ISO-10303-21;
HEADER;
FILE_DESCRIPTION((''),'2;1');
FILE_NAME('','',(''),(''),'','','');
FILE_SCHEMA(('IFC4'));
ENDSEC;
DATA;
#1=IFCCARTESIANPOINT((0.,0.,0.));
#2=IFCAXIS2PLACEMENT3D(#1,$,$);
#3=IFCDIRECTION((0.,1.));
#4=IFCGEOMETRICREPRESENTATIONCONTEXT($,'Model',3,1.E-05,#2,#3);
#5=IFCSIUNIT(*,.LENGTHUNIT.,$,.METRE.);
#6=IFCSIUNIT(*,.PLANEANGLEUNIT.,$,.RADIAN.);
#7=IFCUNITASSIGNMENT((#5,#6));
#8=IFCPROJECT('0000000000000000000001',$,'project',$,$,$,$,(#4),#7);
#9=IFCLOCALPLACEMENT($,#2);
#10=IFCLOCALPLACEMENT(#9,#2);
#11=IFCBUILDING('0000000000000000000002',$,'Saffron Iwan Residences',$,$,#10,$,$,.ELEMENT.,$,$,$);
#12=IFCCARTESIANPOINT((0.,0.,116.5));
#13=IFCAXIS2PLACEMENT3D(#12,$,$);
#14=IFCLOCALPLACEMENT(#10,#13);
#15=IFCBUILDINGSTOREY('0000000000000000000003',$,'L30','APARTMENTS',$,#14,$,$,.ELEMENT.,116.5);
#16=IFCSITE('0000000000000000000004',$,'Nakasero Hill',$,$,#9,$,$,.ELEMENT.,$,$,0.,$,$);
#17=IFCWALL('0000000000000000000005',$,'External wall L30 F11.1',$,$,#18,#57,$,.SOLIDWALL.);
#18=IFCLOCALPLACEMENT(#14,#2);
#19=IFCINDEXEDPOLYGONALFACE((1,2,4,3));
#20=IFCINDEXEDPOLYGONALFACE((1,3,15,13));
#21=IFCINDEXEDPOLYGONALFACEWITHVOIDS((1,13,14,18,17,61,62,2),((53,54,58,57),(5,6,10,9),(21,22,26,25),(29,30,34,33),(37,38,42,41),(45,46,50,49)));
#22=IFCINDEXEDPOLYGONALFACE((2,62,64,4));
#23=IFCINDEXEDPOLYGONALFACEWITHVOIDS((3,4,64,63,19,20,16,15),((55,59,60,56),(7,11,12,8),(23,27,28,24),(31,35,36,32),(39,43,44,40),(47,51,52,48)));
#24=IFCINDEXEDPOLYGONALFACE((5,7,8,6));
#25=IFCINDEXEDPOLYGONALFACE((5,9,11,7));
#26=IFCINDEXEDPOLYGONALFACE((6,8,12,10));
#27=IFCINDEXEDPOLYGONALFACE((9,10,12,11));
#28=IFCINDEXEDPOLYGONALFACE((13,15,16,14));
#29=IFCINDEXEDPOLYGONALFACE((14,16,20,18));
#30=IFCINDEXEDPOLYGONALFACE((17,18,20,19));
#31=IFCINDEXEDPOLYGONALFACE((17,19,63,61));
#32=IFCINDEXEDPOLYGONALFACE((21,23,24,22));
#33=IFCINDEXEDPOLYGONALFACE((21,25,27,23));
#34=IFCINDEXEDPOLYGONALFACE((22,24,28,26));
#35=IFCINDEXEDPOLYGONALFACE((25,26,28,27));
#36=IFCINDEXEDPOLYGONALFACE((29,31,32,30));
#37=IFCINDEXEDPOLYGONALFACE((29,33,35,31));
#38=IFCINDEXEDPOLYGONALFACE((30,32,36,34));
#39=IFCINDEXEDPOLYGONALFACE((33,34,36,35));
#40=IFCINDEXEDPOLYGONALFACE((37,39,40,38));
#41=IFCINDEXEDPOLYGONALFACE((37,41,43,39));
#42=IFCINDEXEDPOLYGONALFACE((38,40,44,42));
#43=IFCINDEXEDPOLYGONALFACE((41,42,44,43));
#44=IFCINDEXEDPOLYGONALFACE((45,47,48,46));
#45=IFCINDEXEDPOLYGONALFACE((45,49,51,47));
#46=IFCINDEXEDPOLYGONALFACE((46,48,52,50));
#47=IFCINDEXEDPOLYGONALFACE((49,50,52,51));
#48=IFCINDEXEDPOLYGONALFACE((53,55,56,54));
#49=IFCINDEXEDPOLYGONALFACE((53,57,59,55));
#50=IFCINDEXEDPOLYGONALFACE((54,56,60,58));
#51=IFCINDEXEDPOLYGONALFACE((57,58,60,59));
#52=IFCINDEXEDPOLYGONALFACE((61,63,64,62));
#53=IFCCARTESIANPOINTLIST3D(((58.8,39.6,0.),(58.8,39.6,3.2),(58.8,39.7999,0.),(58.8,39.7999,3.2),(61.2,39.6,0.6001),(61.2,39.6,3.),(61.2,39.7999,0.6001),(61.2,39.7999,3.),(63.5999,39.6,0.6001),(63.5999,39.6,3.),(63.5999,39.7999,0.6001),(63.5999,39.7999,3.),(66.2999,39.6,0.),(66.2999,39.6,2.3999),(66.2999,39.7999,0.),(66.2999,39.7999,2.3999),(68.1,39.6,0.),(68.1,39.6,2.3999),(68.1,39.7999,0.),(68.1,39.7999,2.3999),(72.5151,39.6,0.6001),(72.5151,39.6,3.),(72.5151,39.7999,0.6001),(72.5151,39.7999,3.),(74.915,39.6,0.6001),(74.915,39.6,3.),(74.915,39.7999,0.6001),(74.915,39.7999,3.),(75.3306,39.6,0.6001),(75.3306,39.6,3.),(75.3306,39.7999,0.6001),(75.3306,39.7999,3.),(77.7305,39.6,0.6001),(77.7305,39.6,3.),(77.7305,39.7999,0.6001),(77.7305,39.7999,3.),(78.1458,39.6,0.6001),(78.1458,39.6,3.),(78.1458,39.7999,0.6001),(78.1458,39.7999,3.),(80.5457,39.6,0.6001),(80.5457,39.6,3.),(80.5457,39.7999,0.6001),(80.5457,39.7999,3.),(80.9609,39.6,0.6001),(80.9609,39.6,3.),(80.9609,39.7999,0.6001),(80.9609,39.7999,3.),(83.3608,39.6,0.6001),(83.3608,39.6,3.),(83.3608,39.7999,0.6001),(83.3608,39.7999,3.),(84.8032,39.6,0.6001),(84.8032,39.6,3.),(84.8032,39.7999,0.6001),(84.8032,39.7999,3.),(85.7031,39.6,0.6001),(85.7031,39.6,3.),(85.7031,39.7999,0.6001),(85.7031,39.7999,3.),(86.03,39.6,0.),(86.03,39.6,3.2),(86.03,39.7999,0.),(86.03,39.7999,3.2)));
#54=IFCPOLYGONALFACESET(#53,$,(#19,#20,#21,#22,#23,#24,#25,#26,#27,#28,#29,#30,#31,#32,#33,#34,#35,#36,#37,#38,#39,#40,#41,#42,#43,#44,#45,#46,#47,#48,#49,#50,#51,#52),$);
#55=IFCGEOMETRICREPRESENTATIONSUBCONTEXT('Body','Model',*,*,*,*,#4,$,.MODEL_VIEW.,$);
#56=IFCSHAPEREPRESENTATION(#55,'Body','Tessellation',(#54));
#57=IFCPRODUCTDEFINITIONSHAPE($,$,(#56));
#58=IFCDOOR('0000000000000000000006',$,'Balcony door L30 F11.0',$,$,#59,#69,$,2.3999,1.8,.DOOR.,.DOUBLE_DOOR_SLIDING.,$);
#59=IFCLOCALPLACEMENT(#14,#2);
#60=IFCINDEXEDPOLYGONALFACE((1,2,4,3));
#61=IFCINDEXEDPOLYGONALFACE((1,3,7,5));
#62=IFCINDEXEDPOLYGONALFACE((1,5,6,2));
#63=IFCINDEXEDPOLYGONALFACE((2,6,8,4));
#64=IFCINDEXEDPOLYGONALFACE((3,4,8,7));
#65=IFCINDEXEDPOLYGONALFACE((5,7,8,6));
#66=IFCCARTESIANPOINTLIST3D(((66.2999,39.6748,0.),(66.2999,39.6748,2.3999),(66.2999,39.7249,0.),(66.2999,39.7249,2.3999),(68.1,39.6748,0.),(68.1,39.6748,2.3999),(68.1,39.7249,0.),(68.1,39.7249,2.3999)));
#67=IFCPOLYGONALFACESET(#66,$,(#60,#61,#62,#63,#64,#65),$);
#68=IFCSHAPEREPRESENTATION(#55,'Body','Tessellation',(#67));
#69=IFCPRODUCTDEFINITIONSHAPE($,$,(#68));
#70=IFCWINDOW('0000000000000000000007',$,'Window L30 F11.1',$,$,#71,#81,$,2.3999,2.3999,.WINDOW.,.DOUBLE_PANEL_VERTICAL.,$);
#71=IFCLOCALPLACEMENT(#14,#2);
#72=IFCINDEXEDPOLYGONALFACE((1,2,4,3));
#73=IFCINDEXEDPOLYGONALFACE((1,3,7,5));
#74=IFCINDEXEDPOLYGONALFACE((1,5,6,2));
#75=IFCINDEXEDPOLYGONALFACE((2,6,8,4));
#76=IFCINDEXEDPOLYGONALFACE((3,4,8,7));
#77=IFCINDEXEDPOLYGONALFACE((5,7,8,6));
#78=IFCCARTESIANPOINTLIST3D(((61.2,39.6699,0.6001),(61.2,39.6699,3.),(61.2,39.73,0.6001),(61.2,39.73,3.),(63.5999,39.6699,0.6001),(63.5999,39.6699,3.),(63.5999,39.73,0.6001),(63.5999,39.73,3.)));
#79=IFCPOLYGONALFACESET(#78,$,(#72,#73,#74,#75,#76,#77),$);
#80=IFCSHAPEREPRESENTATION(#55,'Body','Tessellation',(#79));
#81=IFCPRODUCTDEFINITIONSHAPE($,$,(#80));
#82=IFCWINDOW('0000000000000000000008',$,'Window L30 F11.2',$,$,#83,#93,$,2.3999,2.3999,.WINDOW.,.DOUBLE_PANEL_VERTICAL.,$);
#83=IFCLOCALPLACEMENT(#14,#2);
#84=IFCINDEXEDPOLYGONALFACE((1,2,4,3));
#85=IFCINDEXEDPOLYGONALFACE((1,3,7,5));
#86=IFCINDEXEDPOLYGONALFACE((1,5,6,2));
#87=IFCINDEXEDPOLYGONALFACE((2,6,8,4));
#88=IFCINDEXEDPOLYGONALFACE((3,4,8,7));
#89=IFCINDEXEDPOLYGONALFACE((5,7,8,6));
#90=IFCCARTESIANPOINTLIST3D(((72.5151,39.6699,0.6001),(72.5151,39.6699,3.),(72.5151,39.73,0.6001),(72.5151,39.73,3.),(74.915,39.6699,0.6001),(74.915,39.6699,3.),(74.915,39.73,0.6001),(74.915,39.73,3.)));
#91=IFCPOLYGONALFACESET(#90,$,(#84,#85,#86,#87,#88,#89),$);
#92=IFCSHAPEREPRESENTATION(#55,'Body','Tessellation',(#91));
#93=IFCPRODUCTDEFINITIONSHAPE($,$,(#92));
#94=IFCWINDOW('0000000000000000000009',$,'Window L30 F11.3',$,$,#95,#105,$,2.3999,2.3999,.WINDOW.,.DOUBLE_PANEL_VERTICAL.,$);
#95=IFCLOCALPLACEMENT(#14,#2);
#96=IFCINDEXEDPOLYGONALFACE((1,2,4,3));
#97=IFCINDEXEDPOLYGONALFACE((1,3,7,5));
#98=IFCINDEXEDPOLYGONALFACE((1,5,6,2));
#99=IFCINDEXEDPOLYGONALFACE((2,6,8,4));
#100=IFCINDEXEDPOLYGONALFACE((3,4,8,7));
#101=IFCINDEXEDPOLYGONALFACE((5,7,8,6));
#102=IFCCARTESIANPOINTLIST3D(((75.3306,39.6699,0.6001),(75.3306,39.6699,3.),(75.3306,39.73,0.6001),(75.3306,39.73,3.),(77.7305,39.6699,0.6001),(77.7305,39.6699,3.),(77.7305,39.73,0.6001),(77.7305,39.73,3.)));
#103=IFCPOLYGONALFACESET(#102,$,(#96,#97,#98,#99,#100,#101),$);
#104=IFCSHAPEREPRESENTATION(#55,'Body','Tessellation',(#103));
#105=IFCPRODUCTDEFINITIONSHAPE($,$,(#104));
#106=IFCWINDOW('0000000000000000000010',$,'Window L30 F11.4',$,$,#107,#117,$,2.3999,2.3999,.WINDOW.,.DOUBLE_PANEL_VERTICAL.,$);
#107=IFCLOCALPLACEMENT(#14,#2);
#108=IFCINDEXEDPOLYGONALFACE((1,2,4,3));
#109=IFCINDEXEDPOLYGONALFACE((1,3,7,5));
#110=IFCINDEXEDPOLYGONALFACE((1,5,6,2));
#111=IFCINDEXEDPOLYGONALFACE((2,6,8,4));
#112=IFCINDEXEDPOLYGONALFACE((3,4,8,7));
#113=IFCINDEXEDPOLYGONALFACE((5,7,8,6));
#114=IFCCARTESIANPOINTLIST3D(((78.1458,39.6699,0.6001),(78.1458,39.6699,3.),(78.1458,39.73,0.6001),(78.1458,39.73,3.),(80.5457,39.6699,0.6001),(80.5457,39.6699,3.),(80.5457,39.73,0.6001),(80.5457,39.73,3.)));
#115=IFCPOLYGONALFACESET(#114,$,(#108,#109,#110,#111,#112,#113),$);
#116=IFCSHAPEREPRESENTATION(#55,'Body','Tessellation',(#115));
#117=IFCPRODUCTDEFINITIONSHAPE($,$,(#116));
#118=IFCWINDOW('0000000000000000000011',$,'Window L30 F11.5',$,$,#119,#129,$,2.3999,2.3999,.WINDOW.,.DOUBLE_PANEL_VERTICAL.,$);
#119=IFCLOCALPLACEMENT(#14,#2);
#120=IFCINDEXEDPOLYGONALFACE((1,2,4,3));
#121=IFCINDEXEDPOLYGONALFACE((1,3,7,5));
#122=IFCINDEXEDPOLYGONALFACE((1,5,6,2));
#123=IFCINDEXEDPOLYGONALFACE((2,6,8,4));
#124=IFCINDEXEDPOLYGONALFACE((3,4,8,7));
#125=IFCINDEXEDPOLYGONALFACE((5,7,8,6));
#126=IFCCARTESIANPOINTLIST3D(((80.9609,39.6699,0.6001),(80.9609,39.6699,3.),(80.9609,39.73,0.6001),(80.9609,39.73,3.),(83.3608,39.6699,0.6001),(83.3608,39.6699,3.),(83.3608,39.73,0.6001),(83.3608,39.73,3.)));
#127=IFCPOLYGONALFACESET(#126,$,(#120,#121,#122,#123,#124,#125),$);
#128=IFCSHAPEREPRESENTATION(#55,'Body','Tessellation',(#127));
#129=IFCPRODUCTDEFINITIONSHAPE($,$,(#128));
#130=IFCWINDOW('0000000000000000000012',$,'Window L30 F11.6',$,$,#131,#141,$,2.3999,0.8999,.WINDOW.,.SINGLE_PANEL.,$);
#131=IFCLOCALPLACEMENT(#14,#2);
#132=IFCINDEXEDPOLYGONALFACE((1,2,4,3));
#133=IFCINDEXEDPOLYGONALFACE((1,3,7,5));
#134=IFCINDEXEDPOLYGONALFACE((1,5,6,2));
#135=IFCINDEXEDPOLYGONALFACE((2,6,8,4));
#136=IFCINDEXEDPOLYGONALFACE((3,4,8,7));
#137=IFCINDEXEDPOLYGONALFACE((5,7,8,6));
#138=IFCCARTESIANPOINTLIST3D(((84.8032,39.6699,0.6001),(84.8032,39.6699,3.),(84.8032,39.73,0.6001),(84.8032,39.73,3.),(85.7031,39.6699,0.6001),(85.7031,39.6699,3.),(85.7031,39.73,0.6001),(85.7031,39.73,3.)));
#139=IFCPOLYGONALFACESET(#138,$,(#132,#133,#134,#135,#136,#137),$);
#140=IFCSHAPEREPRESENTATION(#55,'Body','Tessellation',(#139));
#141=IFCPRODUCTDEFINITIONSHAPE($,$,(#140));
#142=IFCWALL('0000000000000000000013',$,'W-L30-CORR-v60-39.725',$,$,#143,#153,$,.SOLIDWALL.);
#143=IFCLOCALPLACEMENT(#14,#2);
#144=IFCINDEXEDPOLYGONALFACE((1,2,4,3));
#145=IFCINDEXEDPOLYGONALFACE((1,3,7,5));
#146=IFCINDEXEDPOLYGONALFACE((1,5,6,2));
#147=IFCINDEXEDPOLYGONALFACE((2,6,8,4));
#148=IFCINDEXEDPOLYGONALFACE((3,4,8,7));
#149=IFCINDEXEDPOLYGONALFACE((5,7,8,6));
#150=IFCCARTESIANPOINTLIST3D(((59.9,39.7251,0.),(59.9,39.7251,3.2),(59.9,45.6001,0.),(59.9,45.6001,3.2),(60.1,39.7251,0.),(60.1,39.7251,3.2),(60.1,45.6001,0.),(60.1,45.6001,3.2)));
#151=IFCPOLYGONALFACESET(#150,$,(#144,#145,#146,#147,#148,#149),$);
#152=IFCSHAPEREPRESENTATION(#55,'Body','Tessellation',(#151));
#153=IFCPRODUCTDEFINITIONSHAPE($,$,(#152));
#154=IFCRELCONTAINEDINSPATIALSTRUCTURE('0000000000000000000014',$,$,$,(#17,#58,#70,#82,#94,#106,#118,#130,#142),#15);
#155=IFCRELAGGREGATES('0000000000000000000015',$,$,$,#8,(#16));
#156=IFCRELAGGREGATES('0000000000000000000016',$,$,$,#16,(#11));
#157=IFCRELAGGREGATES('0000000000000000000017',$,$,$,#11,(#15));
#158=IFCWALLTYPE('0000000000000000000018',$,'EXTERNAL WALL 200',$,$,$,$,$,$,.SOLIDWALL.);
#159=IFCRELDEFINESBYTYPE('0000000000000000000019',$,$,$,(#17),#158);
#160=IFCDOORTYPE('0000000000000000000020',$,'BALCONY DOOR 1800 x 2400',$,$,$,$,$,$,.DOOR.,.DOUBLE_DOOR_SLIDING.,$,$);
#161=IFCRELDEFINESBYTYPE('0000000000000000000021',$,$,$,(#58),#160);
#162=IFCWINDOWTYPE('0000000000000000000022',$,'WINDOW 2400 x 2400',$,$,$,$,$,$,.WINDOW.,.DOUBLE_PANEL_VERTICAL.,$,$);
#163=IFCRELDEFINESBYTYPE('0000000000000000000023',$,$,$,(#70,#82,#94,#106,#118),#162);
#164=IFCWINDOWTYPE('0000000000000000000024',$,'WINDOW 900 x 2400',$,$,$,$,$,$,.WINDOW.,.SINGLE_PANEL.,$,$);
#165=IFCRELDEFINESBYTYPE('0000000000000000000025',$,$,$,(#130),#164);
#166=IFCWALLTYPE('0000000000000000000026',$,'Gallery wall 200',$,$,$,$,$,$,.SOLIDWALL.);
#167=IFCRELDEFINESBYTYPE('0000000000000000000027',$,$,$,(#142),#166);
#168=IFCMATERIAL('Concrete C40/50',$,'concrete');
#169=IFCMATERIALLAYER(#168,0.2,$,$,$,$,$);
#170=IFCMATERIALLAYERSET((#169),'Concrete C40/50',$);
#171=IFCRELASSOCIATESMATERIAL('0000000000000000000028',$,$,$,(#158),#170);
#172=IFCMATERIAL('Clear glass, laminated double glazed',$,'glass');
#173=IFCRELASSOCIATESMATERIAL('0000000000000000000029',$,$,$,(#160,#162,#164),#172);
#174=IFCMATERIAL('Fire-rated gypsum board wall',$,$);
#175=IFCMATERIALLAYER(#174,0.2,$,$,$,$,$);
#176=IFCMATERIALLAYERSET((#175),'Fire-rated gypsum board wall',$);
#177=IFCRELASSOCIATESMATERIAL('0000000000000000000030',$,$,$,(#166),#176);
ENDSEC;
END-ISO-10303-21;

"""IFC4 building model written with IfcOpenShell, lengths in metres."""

from ifc_helpers import new_model, si_unit, direction, frame, frame_2d, origin, place, context, subcontext, project, spatial, rectangle, extrude, material, layer, layer_set, type_object, element, fill, save


model = new_model("IFC4")

# Units and contexts
model_context = context("Model", 3, precision=1e-05, world=origin(), true_north=direction((0.0, 1.0)))
body_context = subcontext(model_context, "Body", "Model", "MODEL_VIEW")
ifc_project = project(units=[si_unit("LENGTHUNIT", "METRE"), si_unit("PLANEANGLEUNIT", "RADIAN")], contexts=[model_context])

# Site, building, storey
site_placement = place(None, origin())
site = spatial("IfcSite", under=ifc_project, at=site_placement, Name="Nakasero Hill", CompositionType="ELEMENT", RefElevation=0.0)
building_placement = place(site_placement, origin())
building = spatial("IfcBuilding", under=site, at=building_placement, Name="Saffron Iwan Residences", CompositionType="ELEMENT")
storey_placement = place(building_placement, frame((0.0, 0.0, 116.5)))
storey = spatial("IfcBuildingStorey", under=building, at=storey_placement, Name="L30", Description="APARTMENTS", CompositionType="ELEMENT", Elevation=116.5)

# Wall, openings, door, windows
ifc_material_1 = material(Name="Concrete C40/50", Category="concrete")
ifc_layer_1 = layer(ifc_material_1, 0.2)
ifc_layer_set_1 = layer_set([ifc_layer_1], Name="Concrete C40/50")
wall_type_1 = type_object("IfcWallType", Name="EXTERNAL WALL 200", PredefinedType="SOLIDWALL", material=ifc_layer_set_1)
wall_1_placement = place(storey_placement, frame((58.8, 39.7, 0.0), z_axis=(0.0, 0.0, 1.0), x_axis=(1.0, 0.0, 0.0)))
wall_1 = element("IfcWall", 1, at=wall_1_placement, inside=storey, type_object=wall_type_1, Name="External wall L30 F11.1", PredefinedType="SOLIDWALL", context=body_context, shape_type="SweptSolid", body=[
    extrude(rectangle(XDim=27.23, YDim=0.2, at=frame_2d((13.615, 0.0))), origin(), (0.0, 0.0, 1.0), 3.2),
])
opening_1_placement = place(wall_1_placement, frame((7.5, 0.0, 0.0)))
opening_1 = element("IfcOpeningElement", 2, at=opening_1_placement, cuts=wall_1, PredefinedType="OPENING", context=body_context, shape_type="SweptSolid", body=[
    extrude(rectangle(XDim=1.8, YDim=2.3999, at=frame_2d((0.8999, 1.2))), frame((0.0, 0.1099, 0.0), z_axis=(0.0, -1.0, 0.0), x_axis=(1.0, 0.0, 0.0)), (0.0, 0.0, 1.0), 0.22),
])
opening_2_placement = place(wall_1_placement, frame((2.3999, 0.0, 0.6001)))
opening_2 = element("IfcOpeningElement", 3, at=opening_2_placement, cuts=wall_1, PredefinedType="OPENING", context=body_context, shape_type="SweptSolid", body=[
    extrude(rectangle(XDim=2.3999, YDim=2.3999, at=frame_2d((1.2, 1.2))), frame((0.0, 0.1099, 0.0), z_axis=(0.0, -1.0, 0.0), x_axis=(1.0, 0.0, 0.0)), (0.0, 0.0, 1.0), 0.22),
])
opening_3_placement = place(wall_1_placement, frame((13.7151, 0.0, 0.6001)))
opening_3 = element("IfcOpeningElement", 4, at=opening_3_placement, cuts=wall_1, PredefinedType="OPENING", context=body_context, shape_type="SweptSolid", body=[
    extrude(rectangle(XDim=2.3999, YDim=2.3999, at=frame_2d((1.2, 1.2))), frame((0.0, 0.1099, 0.0), z_axis=(0.0, -1.0, 0.0), x_axis=(1.0, 0.0, 0.0)), (0.0, 0.0, 1.0), 0.22),
])
opening_4_placement = place(wall_1_placement, frame((16.5305, 0.0, 0.6001)))
opening_4 = element("IfcOpeningElement", 5, at=opening_4_placement, cuts=wall_1, PredefinedType="OPENING", context=body_context, shape_type="SweptSolid", body=[
    extrude(rectangle(XDim=2.3999, YDim=2.3999, at=frame_2d((1.2, 1.2))), frame((0.0, 0.1099, 0.0), z_axis=(0.0, -1.0, 0.0), x_axis=(1.0, 0.0, 0.0)), (0.0, 0.0, 1.0), 0.22),
])
opening_5_placement = place(wall_1_placement, frame((19.3457, 0.0, 0.6001)))
opening_5 = element("IfcOpeningElement", 6, at=opening_5_placement, cuts=wall_1, PredefinedType="OPENING", context=body_context, shape_type="SweptSolid", body=[
    extrude(rectangle(XDim=2.3999, YDim=2.3999, at=frame_2d((1.2, 1.2))), frame((0.0, 0.1099, 0.0), z_axis=(0.0, -1.0, 0.0), x_axis=(1.0, 0.0, 0.0)), (0.0, 0.0, 1.0), 0.22),
])
opening_6_placement = place(wall_1_placement, frame((22.1609, 0.0, 0.6001)))
opening_6 = element("IfcOpeningElement", 7, at=opening_6_placement, cuts=wall_1, PredefinedType="OPENING", context=body_context, shape_type="SweptSolid", body=[
    extrude(rectangle(XDim=2.3999, YDim=2.3999, at=frame_2d((1.2, 1.2))), frame((0.0, 0.1099, 0.0), z_axis=(0.0, -1.0, 0.0), x_axis=(1.0, 0.0, 0.0)), (0.0, 0.0, 1.0), 0.22),
])
opening_7_placement = place(wall_1_placement, frame((26.0032, 0.0, 0.6001)))
opening_7 = element("IfcOpeningElement", 8, at=opening_7_placement, cuts=wall_1, PredefinedType="OPENING", context=body_context, shape_type="SweptSolid", body=[
    extrude(rectangle(XDim=0.8999, YDim=2.3999, at=frame_2d((0.45, 1.2))), frame((0.0, 0.1099, 0.0), z_axis=(0.0, -1.0, 0.0), x_axis=(1.0, 0.0, 0.0)), (0.0, 0.0, 1.0), 0.22),
])
ifc_material_2 = material(Name="Clear glass, laminated double glazed", Category="glass")
door_type = type_object("IfcDoorType", Name="BALCONY DOOR 1800 x 2400", OperationType="DOUBLE_DOOR_SLIDING", PredefinedType="DOOR", material=ifc_material_2)
door_placement = place(opening_1_placement, origin())
door = element("IfcDoor", 9, at=door_placement, inside=storey, type_object=door_type, Name="Balcony door L30 F11.0", OperationType="DOUBLE_DOOR_SLIDING", OverallHeight=2.3999, OverallWidth=1.8, PredefinedType="DOOR", context=body_context, shape_type="SweptSolid", body=[
    extrude(rectangle(XDim=1.8, YDim=2.3999, at=frame_2d((0.8999, 1.2))), frame((0.0, 0.0249, 0.0), z_axis=(0.0, -1.0, 0.0), x_axis=(1.0, 0.0, 0.0)), (0.0, 0.0, 1.0), 0.05),
])
fill(opening_1, door)
window_type_1 = type_object("IfcWindowType", Name="WINDOW 2400 x 2400", PartitioningType="DOUBLE_PANEL_VERTICAL", PredefinedType="WINDOW", material=ifc_material_2)
window_1_placement = place(opening_2_placement, origin())
window_1 = element("IfcWindow", 10, at=window_1_placement, inside=storey, type_object=window_type_1, Name="Window L30 F11.1", OverallHeight=2.3999, OverallWidth=2.3999, PartitioningType="DOUBLE_PANEL_VERTICAL", PredefinedType="WINDOW", context=body_context, shape_type="SweptSolid", body=[
    extrude(rectangle(XDim=2.3999, YDim=2.3999, at=frame_2d((1.2, 1.2))), frame((0.0, 0.03, 0.0), z_axis=(0.0, -1.0, 0.0), x_axis=(1.0, 0.0, 0.0)), (0.0, 0.0, 1.0), 0.0601),
])
fill(opening_2, window_1)
window_2_placement = place(opening_3_placement, origin())
window_2 = element("IfcWindow", 11, at=window_2_placement, inside=storey, type_object=window_type_1, Name="Window L30 F11.2", OverallHeight=2.3999, OverallWidth=2.3999, PartitioningType="DOUBLE_PANEL_VERTICAL", PredefinedType="WINDOW", context=body_context, shape_type="SweptSolid", body=[
    extrude(rectangle(XDim=2.3999, YDim=2.3999, at=frame_2d((1.2, 1.2))), frame((0.0, 0.03, 0.0), z_axis=(0.0, -1.0, 0.0), x_axis=(1.0, 0.0, 0.0)), (0.0, 0.0, 1.0), 0.0601),
])
fill(opening_3, window_2)
window_3_placement = place(opening_4_placement, origin())
window_3 = element("IfcWindow", 12, at=window_3_placement, inside=storey, type_object=window_type_1, Name="Window L30 F11.3", OverallHeight=2.3999, OverallWidth=2.3999, PartitioningType="DOUBLE_PANEL_VERTICAL", PredefinedType="WINDOW", context=body_context, shape_type="SweptSolid", body=[
    extrude(rectangle(XDim=2.3999, YDim=2.3999, at=frame_2d((1.2, 1.2))), frame((0.0, 0.03, 0.0), z_axis=(0.0, -1.0, 0.0), x_axis=(1.0, 0.0, 0.0)), (0.0, 0.0, 1.0), 0.0601),
])
fill(opening_4, window_3)
window_4_placement = place(opening_5_placement, origin())
window_4 = element("IfcWindow", 13, at=window_4_placement, inside=storey, type_object=window_type_1, Name="Window L30 F11.4", OverallHeight=2.3999, OverallWidth=2.3999, PartitioningType="DOUBLE_PANEL_VERTICAL", PredefinedType="WINDOW", context=body_context, shape_type="SweptSolid", body=[
    extrude(rectangle(XDim=2.3999, YDim=2.3999, at=frame_2d((1.2, 1.2))), frame((0.0, 0.03, 0.0), z_axis=(0.0, -1.0, 0.0), x_axis=(1.0, 0.0, 0.0)), (0.0, 0.0, 1.0), 0.0601),
])
fill(opening_5, window_4)
window_5_placement = place(opening_6_placement, origin())
window_5 = element("IfcWindow", 14, at=window_5_placement, inside=storey, type_object=window_type_1, Name="Window L30 F11.5", OverallHeight=2.3999, OverallWidth=2.3999, PartitioningType="DOUBLE_PANEL_VERTICAL", PredefinedType="WINDOW", context=body_context, shape_type="SweptSolid", body=[
    extrude(rectangle(XDim=2.3999, YDim=2.3999, at=frame_2d((1.2, 1.2))), frame((0.0, 0.03, 0.0), z_axis=(0.0, -1.0, 0.0), x_axis=(1.0, 0.0, 0.0)), (0.0, 0.0, 1.0), 0.0601),
])
fill(opening_6, window_5)
window_type_2 = type_object("IfcWindowType", Name="WINDOW 900 x 2400", PartitioningType="SINGLE_PANEL", PredefinedType="WINDOW", material=ifc_material_2)
window_6_placement = place(opening_7_placement, origin())
window_6 = element("IfcWindow", 15, at=window_6_placement, inside=storey, type_object=window_type_2, Name="Window L30 F11.6", OverallHeight=2.3999, OverallWidth=0.8999, PartitioningType="SINGLE_PANEL", PredefinedType="WINDOW", context=body_context, shape_type="SweptSolid", body=[
    extrude(rectangle(XDim=0.8999, YDim=2.3999, at=frame_2d((0.45, 1.2))), frame((0.0, 0.03, 0.0), z_axis=(0.0, -1.0, 0.0), x_axis=(1.0, 0.0, 0.0)), (0.0, 0.0, 1.0), 0.0601),
])
fill(opening_7, window_6)

# Wall
ifc_material_3 = material(Name="Fire-rated gypsum board wall")
ifc_layer_2 = layer(ifc_material_3, 0.2)
ifc_layer_set_2 = layer_set([ifc_layer_2], Name="Fire-rated gypsum board wall")
wall_type_2 = type_object("IfcWallType", Name="Gallery wall 200", PredefinedType="SOLIDWALL", material=ifc_layer_set_2)
wall_2_placement = place(storey_placement, frame((60.0, 39.7251, 0.0), z_axis=(0.0, 0.0, 1.0), x_axis=(0.0, 1.0, 0.0)))
element("IfcWall", 16, at=wall_2_placement, inside=storey, type_object=wall_type_2, Name="W-L30-CORR-v60-39.725", PredefinedType="SOLIDWALL", context=body_context, shape_type="SweptSolid", body=[
    extrude(rectangle(XDim=5.875, YDim=0.2, at=frame_2d((2.9375, 0.0))), origin(), (0.0, 0.0, 1.0), 3.2),
])

save(model, "model.ifc")
